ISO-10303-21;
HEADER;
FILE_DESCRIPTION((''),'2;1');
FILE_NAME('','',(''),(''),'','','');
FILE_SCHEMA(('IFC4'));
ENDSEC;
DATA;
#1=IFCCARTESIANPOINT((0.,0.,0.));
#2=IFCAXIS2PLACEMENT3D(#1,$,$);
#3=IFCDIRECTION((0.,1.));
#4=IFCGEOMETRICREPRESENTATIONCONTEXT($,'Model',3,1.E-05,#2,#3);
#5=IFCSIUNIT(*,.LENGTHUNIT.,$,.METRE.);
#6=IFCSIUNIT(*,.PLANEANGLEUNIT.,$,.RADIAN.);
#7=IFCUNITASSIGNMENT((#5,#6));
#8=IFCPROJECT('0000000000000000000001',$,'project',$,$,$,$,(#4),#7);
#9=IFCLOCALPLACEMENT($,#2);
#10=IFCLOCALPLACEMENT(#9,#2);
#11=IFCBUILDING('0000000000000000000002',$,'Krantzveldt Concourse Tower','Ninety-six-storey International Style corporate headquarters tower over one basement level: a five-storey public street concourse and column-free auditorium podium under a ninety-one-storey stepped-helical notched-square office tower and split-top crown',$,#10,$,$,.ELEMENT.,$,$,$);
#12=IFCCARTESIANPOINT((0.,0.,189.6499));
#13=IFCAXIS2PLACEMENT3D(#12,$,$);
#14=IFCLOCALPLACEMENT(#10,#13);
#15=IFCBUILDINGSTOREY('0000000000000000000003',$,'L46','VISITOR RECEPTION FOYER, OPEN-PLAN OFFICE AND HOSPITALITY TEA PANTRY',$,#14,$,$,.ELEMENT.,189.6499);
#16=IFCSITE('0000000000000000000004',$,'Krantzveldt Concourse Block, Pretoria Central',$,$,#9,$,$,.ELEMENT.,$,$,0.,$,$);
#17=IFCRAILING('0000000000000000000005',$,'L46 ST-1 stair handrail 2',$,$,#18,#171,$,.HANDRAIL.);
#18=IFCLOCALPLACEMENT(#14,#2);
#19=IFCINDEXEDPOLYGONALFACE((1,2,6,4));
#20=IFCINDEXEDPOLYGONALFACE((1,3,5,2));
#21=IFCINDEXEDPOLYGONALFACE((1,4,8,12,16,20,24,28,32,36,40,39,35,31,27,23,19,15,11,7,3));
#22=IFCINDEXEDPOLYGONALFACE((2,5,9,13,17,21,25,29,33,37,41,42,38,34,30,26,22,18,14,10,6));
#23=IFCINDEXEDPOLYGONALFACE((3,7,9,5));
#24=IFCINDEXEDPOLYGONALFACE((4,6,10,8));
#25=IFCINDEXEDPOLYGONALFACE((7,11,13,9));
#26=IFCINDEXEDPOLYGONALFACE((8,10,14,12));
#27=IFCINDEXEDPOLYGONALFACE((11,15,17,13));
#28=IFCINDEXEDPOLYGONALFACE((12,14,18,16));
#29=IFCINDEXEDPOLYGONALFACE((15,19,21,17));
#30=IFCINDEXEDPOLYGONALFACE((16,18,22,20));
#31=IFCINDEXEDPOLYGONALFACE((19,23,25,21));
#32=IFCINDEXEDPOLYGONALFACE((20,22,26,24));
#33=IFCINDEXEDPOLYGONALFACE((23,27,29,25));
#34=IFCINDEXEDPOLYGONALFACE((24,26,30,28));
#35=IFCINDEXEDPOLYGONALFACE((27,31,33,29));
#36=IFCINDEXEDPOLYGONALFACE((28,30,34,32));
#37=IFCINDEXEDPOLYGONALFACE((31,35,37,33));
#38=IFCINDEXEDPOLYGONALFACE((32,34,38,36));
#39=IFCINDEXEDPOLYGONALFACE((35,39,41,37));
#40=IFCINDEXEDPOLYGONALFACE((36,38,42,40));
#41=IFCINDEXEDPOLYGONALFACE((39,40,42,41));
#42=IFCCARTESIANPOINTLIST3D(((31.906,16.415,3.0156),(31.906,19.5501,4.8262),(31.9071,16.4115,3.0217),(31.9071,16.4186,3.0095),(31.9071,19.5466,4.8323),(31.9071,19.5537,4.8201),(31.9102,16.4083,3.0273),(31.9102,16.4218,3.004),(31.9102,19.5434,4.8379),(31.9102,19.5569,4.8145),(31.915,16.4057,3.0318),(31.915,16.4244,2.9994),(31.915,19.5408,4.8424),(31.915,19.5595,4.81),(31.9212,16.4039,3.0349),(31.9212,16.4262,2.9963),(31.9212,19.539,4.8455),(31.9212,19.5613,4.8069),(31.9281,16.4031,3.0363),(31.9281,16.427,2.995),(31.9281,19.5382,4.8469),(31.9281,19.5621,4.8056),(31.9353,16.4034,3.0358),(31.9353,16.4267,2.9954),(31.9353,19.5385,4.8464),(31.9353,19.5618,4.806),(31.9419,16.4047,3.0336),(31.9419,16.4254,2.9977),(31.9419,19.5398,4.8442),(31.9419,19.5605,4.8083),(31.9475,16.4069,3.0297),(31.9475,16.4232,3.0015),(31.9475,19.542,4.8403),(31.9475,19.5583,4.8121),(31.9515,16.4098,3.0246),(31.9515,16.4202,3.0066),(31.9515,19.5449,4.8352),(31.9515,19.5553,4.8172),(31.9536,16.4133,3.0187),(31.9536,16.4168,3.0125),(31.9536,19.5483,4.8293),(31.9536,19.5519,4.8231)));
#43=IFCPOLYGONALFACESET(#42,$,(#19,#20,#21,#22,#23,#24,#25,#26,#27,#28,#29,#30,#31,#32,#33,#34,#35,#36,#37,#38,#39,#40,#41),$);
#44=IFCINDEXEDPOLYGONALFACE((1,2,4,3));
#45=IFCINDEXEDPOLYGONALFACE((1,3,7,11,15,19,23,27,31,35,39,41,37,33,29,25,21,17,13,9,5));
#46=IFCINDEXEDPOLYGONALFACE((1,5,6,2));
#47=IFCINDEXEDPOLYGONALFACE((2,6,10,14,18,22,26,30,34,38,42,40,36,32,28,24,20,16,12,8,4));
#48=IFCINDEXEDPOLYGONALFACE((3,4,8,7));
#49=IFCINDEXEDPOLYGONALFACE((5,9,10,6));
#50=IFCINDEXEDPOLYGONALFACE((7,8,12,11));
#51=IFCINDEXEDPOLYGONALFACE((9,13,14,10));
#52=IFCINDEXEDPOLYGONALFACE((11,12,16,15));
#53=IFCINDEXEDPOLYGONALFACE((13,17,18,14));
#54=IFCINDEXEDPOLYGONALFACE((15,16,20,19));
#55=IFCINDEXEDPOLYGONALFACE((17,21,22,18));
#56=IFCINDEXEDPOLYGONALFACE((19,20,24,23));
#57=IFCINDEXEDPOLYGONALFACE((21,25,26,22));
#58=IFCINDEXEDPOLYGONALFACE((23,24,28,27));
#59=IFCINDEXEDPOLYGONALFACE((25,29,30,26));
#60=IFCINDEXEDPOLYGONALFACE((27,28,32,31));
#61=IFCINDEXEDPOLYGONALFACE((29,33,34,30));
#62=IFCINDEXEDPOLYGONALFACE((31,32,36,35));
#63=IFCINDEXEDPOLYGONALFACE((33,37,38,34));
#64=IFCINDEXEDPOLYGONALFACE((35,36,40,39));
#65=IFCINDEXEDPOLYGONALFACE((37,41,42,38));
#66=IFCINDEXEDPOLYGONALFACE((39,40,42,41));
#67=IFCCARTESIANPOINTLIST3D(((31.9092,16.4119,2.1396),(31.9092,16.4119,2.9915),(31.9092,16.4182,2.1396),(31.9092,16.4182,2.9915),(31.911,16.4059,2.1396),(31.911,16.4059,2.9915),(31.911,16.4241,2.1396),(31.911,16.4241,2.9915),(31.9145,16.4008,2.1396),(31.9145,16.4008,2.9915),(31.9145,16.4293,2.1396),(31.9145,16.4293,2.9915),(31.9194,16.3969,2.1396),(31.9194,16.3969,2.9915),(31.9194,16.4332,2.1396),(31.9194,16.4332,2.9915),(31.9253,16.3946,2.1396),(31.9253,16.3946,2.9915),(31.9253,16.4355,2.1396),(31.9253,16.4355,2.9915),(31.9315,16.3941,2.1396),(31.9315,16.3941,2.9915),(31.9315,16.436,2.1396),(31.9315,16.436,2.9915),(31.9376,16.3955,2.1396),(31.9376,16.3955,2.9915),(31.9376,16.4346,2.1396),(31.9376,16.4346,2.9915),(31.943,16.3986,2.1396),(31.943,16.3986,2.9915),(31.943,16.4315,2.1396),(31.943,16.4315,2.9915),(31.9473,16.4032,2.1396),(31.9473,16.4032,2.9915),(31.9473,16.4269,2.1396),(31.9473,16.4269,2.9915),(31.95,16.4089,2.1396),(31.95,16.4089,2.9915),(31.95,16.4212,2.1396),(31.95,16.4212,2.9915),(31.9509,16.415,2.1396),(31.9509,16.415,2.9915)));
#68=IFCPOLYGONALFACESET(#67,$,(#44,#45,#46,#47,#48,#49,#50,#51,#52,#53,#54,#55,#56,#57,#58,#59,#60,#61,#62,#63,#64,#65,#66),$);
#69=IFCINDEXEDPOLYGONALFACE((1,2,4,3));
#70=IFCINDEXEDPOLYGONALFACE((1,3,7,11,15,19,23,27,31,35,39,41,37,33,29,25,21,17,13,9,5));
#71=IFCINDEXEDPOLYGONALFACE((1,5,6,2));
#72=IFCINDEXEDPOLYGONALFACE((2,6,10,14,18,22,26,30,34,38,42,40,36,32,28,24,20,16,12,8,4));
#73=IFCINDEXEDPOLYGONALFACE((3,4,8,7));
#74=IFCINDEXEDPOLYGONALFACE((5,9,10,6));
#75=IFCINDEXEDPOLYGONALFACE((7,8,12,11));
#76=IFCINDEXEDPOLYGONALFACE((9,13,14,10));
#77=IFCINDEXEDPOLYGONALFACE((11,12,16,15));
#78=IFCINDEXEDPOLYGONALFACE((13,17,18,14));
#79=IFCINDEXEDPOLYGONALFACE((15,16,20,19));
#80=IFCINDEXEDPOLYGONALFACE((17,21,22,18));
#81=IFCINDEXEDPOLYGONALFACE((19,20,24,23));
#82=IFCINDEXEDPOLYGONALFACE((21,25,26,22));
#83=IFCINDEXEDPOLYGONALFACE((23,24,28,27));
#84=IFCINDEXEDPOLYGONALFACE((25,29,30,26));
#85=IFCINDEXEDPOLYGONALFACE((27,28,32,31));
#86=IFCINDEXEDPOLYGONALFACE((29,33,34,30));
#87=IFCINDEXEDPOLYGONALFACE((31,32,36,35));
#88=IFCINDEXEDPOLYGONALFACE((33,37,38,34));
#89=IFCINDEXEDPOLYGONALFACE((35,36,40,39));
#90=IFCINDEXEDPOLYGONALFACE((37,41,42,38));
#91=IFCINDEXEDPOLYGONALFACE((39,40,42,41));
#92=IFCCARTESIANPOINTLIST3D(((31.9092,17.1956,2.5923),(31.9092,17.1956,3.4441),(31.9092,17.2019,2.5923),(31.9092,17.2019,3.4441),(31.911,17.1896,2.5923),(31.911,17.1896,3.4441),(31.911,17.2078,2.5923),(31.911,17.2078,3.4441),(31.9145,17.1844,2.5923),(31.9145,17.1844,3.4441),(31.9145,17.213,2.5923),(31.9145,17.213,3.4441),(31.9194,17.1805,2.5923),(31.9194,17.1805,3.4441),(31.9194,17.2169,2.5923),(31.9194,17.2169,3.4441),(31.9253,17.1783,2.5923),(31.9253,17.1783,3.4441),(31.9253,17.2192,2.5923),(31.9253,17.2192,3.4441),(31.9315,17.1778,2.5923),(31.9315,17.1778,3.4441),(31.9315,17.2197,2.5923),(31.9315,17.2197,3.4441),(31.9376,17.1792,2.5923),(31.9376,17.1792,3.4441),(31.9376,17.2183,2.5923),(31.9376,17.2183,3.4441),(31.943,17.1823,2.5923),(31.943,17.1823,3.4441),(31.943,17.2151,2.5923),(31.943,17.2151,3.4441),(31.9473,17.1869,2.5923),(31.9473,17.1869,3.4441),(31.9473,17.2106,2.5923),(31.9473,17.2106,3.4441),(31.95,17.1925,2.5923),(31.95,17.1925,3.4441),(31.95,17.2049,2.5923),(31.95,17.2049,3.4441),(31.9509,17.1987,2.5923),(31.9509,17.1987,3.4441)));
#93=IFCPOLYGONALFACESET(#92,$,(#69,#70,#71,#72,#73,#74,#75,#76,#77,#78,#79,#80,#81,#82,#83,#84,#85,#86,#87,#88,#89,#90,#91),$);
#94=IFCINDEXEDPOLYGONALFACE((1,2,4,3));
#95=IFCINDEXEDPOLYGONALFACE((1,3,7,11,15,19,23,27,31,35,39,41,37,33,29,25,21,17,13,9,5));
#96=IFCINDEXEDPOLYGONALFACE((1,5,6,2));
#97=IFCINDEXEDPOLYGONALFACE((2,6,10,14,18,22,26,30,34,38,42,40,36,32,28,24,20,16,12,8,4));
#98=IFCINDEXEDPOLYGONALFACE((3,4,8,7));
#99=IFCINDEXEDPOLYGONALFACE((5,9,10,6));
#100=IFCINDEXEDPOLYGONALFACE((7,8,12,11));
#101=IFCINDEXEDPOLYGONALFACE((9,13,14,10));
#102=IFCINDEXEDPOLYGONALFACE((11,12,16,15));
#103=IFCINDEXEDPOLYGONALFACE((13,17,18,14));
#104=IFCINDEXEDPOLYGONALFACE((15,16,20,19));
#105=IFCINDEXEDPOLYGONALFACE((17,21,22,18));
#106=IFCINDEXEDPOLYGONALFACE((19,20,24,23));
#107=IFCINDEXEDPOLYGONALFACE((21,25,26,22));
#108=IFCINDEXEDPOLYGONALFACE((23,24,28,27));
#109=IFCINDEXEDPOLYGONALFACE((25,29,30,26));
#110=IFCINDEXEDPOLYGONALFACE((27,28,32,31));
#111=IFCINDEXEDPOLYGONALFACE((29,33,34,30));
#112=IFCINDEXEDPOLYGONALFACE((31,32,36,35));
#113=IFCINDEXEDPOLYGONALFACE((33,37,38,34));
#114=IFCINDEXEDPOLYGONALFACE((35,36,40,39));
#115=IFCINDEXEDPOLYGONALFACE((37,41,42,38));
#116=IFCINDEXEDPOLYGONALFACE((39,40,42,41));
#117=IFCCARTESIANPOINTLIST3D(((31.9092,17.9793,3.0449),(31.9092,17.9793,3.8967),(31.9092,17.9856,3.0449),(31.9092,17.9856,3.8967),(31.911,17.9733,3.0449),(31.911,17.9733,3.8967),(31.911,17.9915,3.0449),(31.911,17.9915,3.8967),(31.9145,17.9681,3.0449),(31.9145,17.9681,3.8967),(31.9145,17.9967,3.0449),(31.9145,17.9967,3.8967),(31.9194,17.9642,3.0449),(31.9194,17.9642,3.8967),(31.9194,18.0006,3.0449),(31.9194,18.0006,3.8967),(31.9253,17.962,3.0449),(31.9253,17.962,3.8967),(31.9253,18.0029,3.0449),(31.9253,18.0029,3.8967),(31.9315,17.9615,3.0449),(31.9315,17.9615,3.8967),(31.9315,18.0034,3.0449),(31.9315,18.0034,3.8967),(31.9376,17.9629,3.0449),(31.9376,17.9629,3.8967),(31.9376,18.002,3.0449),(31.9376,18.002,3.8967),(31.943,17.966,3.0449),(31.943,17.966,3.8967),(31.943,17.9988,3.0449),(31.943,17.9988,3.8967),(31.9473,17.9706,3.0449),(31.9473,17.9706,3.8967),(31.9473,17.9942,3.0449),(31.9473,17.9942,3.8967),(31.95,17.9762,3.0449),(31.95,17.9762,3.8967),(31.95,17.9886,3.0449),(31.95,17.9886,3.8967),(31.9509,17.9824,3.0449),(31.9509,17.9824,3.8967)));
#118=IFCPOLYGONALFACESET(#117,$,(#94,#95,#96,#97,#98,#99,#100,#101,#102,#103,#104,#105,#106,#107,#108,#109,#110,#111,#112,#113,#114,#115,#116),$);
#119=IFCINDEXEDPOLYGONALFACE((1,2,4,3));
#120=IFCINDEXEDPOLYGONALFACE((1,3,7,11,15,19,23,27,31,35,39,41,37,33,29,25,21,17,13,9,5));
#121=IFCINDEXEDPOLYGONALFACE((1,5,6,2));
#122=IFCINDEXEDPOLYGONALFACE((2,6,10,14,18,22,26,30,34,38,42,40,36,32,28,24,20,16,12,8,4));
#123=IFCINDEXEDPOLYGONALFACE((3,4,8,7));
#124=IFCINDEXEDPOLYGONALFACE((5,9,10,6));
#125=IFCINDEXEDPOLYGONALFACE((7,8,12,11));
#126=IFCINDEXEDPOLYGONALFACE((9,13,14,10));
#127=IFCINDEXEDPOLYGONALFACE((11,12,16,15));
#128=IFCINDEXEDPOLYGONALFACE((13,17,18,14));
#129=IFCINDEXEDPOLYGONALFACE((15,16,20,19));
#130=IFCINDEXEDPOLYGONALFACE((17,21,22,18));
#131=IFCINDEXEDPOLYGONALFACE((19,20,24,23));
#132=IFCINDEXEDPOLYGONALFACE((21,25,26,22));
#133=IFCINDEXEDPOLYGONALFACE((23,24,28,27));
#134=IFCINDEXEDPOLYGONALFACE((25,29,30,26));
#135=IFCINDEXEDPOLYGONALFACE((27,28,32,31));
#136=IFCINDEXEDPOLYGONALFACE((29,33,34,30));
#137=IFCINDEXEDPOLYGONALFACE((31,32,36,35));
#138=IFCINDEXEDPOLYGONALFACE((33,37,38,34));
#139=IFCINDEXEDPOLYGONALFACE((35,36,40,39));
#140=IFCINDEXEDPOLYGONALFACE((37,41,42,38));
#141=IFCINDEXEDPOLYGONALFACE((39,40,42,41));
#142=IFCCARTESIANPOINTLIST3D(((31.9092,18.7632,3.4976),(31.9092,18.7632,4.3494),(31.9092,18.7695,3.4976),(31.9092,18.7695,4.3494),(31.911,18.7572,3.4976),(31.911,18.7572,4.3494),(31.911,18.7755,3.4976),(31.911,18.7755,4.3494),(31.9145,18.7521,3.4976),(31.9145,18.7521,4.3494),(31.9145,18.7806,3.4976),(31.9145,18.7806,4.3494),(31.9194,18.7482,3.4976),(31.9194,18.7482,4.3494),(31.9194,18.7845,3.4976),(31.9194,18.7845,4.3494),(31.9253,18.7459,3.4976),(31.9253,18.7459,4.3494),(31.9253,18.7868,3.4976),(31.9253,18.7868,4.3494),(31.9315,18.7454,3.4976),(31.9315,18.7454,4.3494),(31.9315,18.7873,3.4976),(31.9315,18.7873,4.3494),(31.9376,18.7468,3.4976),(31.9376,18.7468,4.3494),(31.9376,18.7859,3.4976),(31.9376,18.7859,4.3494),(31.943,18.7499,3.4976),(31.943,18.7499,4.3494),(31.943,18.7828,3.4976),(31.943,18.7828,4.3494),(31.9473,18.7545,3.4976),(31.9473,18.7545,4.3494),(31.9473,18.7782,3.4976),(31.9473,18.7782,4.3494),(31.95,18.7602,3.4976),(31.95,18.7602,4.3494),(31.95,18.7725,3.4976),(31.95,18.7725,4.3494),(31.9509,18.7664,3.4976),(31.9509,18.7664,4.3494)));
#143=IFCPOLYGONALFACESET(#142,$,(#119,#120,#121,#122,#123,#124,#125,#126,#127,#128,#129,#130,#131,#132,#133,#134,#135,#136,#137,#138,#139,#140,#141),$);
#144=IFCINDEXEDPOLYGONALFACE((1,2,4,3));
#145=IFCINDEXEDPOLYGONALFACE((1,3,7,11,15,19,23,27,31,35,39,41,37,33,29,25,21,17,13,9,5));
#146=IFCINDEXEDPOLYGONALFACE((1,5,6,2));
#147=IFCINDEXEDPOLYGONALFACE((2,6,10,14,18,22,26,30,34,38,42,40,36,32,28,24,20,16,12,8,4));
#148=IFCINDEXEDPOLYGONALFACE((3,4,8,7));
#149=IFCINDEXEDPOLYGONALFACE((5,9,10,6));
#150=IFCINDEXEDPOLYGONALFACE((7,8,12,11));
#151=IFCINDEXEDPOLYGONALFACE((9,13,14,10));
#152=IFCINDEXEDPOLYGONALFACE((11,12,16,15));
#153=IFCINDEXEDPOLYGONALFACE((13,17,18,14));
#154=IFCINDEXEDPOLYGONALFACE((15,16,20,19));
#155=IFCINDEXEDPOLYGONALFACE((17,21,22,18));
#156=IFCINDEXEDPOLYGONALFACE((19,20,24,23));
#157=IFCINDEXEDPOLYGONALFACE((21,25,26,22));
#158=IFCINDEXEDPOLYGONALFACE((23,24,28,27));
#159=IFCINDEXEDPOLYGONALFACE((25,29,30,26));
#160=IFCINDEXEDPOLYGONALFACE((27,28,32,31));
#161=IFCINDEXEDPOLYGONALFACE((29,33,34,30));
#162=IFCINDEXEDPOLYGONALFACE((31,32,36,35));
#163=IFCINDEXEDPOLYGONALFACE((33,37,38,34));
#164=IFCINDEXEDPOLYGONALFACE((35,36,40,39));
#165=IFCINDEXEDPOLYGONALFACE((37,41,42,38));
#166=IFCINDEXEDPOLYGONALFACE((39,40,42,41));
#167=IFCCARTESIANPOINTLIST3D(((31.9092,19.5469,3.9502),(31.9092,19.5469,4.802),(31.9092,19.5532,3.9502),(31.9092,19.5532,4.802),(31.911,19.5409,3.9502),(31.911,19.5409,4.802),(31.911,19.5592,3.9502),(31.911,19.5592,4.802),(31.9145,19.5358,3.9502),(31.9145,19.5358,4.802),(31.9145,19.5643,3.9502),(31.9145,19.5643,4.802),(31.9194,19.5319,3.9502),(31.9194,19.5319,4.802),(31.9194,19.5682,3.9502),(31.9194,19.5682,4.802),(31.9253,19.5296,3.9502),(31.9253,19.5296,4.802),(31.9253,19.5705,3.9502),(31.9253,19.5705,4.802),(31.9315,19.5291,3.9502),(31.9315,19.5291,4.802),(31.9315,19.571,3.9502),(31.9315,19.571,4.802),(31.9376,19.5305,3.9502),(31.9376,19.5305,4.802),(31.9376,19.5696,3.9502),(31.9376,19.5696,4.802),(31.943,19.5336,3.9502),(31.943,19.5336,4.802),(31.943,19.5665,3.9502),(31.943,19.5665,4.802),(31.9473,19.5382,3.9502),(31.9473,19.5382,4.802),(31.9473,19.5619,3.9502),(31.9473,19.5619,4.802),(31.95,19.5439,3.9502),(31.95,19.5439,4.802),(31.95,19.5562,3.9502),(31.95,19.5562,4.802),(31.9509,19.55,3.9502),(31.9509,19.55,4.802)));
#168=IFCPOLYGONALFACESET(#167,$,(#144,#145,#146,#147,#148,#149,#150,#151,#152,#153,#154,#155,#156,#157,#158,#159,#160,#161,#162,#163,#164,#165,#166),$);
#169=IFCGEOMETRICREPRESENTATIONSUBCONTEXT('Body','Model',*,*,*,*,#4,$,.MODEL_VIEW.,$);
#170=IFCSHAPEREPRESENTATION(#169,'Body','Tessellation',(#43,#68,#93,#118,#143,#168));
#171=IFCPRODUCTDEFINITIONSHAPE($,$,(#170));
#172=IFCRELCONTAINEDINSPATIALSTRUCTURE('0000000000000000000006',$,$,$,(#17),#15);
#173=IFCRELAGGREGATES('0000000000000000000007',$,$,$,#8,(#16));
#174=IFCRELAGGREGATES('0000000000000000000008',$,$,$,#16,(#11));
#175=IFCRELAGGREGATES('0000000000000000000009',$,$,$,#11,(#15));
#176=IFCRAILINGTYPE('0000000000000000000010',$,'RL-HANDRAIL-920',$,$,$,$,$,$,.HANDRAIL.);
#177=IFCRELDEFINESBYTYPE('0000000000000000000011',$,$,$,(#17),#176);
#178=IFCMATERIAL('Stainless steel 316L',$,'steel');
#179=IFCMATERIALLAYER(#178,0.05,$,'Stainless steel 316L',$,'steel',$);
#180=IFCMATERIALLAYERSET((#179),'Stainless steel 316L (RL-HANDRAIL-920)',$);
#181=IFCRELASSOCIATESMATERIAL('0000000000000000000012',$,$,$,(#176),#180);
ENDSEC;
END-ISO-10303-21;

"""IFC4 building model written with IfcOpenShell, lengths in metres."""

from ifc_helpers import new_model, si_unit, direction, frame, origin, origin_2d, place, context, subcontext, project, spatial, circle, extrude, material, layer, layer_set, type_object, element, save


model = new_model("IFC4")

# Units and contexts
model_context = context("Model", 3, precision=1e-05, world=origin(), true_north=direction((0.0, 1.0)))
body_context = subcontext(model_context, "Body", "Model", "MODEL_VIEW")
ifc_project = project(units=[si_unit("LENGTHUNIT", "METRE"), si_unit("PLANEANGLEUNIT", "RADIAN")], contexts=[model_context])

# Site, building, storey
site_placement = place(None, origin())
site = spatial("IfcSite", under=ifc_project, at=site_placement, Name="Krantzveldt Concourse Block, Pretoria Central", CompositionType="ELEMENT", RefElevation=0.0)
building_placement = place(site_placement, origin())
building = spatial("IfcBuilding", under=site, at=building_placement, Name="Krantzveldt Concourse Tower", Description="Ninety-six-storey International Style corporate headquarters tower over one basement level: a five-storey public street concourse and column-free auditorium podium under a ninety-one-storey stepped-helical notched-square office tower and split-top crown", CompositionType="ELEMENT")
storey_placement = place(building_placement, frame((0.0, 0.0, 189.6499)))
storey = spatial("IfcBuildingStorey", under=building, at=storey_placement, Name="L46", Description="VISITOR RECEPTION FOYER, OPEN-PLAN OFFICE AND HOSPITALITY TEA PANTRY", CompositionType="ELEMENT", Elevation=189.6499)

# Railing
ifc_material_1 = material(Name="Stainless steel 316L", Category="steel")
ifc_layer_1 = layer(ifc_material_1, 0.05, Name="Stainless steel 316L", Category="steel")
ifc_layer_set_1 = layer_set([ifc_layer_1], Name="Stainless steel 316L (RL-HANDRAIL-920)")
railing_type_1 = type_object("IfcRailingType", Name="RL-HANDRAIL-920", PredefinedType="HANDRAIL", material=ifc_layer_set_1)
railing_1_placement = place(storey_placement, frame((31.9299, 16.415, 2.1396)))
element("IfcRailing", 1, at=railing_1_placement, inside=storey, type_object=railing_type_1, Name="L46 ST-1 stair handrail 2", PredefinedType="HANDRAIL", context=body_context, shape_type="SweptSolid", body=[
    extrude(circle(Radius=0.0239, at=origin_2d()), frame((0.0, 0.0, 0.876), z_axis=(0.0, 0.86596, 0.500114), x_axis=(-1.0, 0.0, 0.0)), (0.0, 0.0, 1.0), 3.6204),
    extrude(circle(Radius=0.021, at=origin_2d()), origin(), (0.0, 0.0, 1.0), 0.8518),
    extrude(circle(Radius=0.021, at=origin_2d()), frame((0.0, 0.7837, 0.4526)), (0.0, 0.0, 1.0), 0.8518),
    extrude(circle(Radius=0.021, at=origin_2d()), frame((0.0, 1.5674, 0.9053)), (0.0, 0.0, 1.0), 0.8518),
    extrude(circle(Radius=0.021, at=origin_2d()), frame((0.0, 2.3513, 1.3579)), (0.0, 0.0, 1.0), 0.8518),
    extrude(circle(Radius=0.021, at=origin_2d()), frame((0.0, 3.135, 1.8105)), (0.0, 0.0, 1.0), 0.8518),
])

save(model, "model.ifc")
